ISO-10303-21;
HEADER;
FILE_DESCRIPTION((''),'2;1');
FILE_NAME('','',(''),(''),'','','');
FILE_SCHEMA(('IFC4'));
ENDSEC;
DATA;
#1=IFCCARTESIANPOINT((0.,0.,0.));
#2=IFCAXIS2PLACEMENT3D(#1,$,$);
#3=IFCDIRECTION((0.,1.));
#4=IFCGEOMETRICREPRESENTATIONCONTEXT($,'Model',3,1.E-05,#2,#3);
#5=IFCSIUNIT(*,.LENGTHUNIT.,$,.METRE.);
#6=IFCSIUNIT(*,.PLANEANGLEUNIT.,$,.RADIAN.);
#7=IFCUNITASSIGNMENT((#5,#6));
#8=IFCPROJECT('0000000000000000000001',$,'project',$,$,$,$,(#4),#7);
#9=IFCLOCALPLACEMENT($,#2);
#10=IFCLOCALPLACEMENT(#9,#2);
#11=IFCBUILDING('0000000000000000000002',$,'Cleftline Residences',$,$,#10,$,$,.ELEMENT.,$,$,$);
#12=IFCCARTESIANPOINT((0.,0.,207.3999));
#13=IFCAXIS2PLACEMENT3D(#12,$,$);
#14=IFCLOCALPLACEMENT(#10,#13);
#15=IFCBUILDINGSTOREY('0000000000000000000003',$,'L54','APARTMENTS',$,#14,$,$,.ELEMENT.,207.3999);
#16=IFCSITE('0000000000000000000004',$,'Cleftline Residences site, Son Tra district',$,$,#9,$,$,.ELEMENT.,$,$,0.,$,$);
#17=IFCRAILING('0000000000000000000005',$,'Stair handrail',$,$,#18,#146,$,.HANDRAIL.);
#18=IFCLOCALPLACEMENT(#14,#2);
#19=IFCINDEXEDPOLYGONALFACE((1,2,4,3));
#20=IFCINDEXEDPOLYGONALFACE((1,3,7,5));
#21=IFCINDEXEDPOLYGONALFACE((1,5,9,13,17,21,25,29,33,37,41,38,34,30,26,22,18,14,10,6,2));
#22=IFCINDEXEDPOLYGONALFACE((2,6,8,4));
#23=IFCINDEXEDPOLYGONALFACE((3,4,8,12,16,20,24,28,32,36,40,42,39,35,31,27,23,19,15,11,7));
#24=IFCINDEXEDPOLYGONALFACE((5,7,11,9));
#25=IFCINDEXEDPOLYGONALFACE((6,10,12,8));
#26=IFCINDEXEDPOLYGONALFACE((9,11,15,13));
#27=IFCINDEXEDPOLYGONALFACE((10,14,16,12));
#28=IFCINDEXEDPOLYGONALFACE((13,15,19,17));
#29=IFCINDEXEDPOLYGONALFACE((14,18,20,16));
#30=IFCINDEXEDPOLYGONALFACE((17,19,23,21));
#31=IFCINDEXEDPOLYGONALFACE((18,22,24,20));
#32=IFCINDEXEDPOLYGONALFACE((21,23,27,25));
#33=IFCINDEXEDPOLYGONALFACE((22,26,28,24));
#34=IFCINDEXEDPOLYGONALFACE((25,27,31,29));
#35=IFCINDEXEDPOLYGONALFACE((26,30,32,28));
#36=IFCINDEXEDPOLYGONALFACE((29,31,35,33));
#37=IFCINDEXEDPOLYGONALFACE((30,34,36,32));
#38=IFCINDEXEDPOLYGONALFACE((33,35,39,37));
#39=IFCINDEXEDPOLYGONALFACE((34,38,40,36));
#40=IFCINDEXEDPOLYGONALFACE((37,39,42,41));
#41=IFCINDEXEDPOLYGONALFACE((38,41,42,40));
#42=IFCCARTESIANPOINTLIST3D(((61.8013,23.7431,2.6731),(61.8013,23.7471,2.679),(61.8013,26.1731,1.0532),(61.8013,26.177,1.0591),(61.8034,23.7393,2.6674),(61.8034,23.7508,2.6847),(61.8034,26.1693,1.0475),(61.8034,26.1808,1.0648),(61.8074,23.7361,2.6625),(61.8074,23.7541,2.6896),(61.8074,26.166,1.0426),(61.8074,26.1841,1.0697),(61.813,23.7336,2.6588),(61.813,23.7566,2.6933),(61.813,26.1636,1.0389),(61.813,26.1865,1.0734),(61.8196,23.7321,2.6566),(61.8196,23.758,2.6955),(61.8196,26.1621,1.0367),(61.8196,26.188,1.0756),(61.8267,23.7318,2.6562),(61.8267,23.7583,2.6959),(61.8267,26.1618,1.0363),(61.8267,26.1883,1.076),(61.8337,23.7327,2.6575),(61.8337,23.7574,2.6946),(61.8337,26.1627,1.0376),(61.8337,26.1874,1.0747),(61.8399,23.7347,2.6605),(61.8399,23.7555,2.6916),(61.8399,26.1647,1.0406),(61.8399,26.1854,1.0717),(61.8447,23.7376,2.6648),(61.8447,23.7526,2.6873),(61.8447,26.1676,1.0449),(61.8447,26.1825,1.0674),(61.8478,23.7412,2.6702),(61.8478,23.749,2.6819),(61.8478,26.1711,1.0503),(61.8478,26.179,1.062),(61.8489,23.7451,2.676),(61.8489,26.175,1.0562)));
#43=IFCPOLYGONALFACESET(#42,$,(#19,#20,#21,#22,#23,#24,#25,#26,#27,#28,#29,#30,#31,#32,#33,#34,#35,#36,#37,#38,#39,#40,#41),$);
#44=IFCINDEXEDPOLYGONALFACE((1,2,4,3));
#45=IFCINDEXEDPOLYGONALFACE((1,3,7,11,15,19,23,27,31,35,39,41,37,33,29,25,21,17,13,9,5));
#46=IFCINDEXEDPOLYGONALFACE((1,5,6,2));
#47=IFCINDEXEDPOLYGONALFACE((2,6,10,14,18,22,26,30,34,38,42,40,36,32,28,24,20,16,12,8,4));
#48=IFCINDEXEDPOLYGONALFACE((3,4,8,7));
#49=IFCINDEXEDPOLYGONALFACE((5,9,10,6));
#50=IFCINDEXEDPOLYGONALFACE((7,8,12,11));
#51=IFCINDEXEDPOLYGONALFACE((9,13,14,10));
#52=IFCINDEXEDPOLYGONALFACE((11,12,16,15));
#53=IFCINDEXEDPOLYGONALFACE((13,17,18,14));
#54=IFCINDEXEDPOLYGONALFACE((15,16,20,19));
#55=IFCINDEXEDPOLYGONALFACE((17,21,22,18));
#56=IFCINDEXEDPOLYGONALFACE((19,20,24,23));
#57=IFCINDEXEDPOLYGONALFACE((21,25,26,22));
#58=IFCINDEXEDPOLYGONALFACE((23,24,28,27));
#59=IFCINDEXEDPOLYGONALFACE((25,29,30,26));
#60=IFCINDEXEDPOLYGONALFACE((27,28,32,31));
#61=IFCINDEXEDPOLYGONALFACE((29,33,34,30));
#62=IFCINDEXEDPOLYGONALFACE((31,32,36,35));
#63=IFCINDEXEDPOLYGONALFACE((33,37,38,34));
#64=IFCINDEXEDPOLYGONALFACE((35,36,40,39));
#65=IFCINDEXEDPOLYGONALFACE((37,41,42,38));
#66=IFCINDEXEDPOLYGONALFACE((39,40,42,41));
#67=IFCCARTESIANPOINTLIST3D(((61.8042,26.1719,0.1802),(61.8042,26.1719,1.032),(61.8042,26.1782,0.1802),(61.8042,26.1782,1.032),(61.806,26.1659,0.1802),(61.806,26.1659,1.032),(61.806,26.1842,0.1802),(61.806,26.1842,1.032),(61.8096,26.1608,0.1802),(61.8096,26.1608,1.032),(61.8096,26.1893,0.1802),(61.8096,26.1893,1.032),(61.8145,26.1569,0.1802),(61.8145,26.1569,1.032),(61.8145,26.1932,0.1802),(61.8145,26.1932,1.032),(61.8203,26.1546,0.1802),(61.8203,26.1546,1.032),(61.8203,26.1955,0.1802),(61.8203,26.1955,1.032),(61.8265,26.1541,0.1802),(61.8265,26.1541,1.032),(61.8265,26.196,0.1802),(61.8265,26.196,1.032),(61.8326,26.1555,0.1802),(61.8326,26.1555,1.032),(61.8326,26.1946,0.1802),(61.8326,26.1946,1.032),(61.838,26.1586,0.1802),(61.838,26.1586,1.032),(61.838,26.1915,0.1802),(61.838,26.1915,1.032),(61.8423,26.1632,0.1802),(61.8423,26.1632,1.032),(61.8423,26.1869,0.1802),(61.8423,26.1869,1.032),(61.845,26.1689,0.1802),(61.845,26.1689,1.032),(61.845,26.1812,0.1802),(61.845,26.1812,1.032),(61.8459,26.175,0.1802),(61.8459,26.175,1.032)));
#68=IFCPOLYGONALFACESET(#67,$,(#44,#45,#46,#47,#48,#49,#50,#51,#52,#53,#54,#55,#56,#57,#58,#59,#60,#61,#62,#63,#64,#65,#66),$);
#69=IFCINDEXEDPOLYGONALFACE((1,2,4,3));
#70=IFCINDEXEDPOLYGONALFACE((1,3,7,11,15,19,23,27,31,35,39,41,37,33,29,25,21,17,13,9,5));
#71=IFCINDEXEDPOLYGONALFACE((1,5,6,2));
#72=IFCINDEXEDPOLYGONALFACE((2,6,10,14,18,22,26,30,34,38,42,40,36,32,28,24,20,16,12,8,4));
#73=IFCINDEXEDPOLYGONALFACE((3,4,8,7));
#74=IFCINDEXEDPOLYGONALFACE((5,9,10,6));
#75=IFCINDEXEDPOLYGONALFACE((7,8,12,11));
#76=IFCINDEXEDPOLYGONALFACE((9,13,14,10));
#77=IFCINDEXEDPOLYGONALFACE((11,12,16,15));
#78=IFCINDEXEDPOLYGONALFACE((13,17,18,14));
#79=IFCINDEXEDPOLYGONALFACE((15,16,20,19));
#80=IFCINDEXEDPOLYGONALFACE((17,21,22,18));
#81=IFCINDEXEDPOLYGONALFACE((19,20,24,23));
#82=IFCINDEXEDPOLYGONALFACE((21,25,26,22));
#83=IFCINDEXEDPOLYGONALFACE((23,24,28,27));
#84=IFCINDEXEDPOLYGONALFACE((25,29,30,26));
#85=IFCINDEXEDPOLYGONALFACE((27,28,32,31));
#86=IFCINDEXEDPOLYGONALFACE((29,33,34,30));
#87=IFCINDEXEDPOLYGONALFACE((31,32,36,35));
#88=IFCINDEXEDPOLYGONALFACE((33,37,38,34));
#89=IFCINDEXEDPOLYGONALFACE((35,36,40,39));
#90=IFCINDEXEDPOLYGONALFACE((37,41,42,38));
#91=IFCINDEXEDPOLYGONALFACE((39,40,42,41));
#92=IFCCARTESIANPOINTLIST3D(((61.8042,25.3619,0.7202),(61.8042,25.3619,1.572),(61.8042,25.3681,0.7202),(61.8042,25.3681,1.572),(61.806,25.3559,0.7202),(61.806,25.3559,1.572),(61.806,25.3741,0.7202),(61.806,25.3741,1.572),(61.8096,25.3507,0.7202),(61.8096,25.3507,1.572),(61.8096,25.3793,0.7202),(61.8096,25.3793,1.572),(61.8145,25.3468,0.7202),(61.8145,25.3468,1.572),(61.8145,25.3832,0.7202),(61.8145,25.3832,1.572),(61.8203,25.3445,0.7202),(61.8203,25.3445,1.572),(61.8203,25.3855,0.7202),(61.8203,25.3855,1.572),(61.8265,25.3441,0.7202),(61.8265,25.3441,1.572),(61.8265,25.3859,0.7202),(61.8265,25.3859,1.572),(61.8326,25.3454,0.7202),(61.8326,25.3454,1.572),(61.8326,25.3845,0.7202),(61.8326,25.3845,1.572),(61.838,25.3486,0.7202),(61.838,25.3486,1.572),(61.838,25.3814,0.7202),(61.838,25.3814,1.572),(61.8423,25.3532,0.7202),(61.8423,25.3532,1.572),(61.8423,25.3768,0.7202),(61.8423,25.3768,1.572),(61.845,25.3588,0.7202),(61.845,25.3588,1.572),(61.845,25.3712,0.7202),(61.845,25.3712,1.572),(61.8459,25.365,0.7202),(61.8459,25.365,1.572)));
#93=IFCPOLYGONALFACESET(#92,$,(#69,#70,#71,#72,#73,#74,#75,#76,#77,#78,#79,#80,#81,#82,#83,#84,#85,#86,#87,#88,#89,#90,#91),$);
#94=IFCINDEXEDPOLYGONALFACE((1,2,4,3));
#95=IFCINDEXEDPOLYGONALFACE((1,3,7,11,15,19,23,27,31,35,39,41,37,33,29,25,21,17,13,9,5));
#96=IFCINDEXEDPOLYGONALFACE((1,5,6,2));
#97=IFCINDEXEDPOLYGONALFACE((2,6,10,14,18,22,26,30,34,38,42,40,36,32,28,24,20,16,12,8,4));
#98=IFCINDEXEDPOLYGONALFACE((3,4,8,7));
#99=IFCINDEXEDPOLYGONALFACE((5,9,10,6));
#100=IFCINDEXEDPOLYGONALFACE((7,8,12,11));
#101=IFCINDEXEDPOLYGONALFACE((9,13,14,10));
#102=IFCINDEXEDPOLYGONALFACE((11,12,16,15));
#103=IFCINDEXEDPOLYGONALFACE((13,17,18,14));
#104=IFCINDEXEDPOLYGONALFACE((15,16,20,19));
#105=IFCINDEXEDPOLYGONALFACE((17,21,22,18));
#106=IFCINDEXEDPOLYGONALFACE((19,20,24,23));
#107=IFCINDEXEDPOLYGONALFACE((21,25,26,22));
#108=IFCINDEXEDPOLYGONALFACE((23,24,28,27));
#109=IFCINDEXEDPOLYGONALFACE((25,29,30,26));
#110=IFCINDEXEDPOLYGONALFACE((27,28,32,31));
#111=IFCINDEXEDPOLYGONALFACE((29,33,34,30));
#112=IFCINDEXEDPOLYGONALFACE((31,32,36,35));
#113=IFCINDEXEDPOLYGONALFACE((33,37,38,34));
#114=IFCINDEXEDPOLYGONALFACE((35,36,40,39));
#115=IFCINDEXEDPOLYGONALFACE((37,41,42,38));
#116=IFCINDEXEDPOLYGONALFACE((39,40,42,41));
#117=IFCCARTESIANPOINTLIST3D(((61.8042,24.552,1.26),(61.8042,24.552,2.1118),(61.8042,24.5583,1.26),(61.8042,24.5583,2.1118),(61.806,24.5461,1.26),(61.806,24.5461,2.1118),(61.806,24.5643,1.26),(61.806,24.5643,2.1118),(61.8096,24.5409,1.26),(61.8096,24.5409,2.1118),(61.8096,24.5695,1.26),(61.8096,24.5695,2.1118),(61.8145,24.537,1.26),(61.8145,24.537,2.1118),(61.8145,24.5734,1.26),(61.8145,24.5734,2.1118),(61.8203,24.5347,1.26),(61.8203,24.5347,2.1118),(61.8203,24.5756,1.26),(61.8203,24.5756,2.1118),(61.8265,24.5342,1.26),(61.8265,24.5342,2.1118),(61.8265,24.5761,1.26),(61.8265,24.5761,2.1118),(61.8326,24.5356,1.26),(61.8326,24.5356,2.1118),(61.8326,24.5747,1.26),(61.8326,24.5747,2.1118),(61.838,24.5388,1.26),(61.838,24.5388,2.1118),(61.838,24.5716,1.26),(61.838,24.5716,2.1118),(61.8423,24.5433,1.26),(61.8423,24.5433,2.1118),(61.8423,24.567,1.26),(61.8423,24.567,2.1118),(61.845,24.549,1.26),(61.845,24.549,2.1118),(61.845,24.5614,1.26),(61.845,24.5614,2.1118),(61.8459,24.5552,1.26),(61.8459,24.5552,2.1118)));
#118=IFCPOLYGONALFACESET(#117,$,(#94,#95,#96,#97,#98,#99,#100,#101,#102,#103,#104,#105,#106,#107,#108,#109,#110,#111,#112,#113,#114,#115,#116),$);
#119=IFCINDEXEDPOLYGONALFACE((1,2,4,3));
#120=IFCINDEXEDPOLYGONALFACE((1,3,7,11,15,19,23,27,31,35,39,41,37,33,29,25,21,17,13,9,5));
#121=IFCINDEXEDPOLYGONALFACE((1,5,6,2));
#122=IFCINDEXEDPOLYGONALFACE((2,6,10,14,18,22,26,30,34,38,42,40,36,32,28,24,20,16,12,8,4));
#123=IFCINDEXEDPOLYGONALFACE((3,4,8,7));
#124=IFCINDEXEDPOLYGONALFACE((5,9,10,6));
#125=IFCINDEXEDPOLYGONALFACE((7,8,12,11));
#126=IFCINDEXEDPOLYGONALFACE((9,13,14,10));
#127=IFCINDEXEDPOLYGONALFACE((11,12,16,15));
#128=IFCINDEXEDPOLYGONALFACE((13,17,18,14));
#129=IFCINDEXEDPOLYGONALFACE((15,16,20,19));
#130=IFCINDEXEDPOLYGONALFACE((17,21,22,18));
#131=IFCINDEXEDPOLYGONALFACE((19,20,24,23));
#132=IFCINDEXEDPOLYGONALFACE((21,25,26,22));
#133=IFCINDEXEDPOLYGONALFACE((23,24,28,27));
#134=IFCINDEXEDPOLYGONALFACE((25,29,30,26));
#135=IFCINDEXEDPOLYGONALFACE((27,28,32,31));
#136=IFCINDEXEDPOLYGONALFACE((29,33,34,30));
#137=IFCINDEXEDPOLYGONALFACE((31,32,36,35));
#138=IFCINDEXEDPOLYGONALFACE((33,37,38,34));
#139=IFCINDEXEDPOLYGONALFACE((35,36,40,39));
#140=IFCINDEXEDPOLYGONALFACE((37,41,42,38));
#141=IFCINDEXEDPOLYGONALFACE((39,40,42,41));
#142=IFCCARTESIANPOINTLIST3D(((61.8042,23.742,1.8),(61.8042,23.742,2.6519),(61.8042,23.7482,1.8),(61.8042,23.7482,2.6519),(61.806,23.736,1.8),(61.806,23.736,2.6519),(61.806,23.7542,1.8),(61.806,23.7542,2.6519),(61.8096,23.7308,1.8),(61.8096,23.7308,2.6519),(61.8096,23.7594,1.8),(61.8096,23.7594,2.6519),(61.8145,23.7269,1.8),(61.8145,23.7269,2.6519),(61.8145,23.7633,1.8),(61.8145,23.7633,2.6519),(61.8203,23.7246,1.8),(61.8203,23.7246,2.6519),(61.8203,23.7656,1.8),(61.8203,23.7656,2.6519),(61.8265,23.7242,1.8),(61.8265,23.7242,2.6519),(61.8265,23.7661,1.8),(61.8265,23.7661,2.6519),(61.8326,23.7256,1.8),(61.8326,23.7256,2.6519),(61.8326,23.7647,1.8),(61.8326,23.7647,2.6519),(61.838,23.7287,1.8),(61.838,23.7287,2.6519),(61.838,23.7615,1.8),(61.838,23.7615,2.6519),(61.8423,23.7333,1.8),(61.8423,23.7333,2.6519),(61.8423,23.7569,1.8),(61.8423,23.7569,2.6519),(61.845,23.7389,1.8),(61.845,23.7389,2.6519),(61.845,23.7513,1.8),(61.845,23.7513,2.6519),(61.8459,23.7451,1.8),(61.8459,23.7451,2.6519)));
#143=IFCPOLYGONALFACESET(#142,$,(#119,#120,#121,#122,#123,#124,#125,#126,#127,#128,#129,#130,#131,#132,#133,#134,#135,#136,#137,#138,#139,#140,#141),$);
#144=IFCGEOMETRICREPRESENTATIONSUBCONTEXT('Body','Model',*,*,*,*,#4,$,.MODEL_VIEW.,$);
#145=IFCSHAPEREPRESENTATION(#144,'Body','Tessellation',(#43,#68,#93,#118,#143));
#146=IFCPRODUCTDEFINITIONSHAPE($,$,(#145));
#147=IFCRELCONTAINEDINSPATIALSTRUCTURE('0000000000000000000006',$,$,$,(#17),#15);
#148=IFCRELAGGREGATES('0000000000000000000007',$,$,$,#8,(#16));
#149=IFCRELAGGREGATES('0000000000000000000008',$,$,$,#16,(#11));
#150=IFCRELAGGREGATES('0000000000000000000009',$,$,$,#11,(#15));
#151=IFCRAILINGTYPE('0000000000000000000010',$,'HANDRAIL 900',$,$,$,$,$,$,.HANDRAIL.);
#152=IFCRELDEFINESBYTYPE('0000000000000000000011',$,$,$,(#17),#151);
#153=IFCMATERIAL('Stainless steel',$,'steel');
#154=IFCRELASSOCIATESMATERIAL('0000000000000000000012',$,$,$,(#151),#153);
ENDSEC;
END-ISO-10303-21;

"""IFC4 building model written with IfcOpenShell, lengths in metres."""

from ifc_helpers import new_model, si_unit, direction, frame, origin, origin_2d, place, context, subcontext, project, spatial, circle, extrude, material, type_object, element, save


model = new_model("IFC4")

# Units and contexts
model_context = context("Model", 3, precision=1e-05, world=origin(), true_north=direction((0.0, 1.0)))
body_context = subcontext(model_context, "Body", "Model", "MODEL_VIEW")
ifc_project = project(units=[si_unit("LENGTHUNIT", "METRE"), si_unit("PLANEANGLEUNIT", "RADIAN")], contexts=[model_context])

# Site, building, storey
site_placement = place(None, origin())
site = spatial("IfcSite", under=ifc_project, at=site_placement, Name="Cleftline Residences site, Son Tra district", CompositionType="ELEMENT", RefElevation=0.0)
building_placement = place(site_placement, origin())
building = spatial("IfcBuilding", under=site, at=building_placement, Name="Cleftline Residences", CompositionType="ELEMENT")
storey_placement = place(building_placement, frame((0.0, 0.0, 207.3999)))
storey = spatial("IfcBuildingStorey", under=building, at=storey_placement, Name="L54", Description="APARTMENTS", CompositionType="ELEMENT", Elevation=207.3999)

# Railing
ifc_material_1 = material(Name="Stainless steel", Category="steel")
railing_type = type_object("IfcRailingType", Name="HANDRAIL 900", PredefinedType="HANDRAIL", material=ifc_material_1)
railing_placement = place(storey_placement, frame((61.825, 26.175, 0.1802)))
element("IfcRailing", 1, at=railing_placement, inside=storey, type_object=railing_type, Name="Stair handrail", PredefinedType="HANDRAIL", context=body_context, shape_type="SweptSolid", body=[
    extrude(circle(Radius=0.0239, at=origin_2d()), frame((0.0, 0.0, 0.876), z_axis=(0.0, -0.832063, 0.554681), x_axis=(1.0, 0.0, 0.0)), (0.0, 0.0, 1.0), 2.9204),
    extrude(circle(Radius=0.021, at=origin_2d()), origin(), (0.0, 0.0, 1.0), 0.8518),
    extrude(circle(Radius=0.021, at=origin_2d()), frame((0.0, -0.8101, 0.54)), (0.0, 0.0, 1.0), 0.8518),
    extrude(circle(Radius=0.021, at=origin_2d()), frame((0.0, -1.6199, 1.0798)), (0.0, 0.0, 1.0), 0.8518),
    extrude(circle(Radius=0.021, at=origin_2d()), frame((0.0, -2.4299, 1.6199)), (0.0, 0.0, 1.0), 0.8518),
])

save(model, "model.ifc")
